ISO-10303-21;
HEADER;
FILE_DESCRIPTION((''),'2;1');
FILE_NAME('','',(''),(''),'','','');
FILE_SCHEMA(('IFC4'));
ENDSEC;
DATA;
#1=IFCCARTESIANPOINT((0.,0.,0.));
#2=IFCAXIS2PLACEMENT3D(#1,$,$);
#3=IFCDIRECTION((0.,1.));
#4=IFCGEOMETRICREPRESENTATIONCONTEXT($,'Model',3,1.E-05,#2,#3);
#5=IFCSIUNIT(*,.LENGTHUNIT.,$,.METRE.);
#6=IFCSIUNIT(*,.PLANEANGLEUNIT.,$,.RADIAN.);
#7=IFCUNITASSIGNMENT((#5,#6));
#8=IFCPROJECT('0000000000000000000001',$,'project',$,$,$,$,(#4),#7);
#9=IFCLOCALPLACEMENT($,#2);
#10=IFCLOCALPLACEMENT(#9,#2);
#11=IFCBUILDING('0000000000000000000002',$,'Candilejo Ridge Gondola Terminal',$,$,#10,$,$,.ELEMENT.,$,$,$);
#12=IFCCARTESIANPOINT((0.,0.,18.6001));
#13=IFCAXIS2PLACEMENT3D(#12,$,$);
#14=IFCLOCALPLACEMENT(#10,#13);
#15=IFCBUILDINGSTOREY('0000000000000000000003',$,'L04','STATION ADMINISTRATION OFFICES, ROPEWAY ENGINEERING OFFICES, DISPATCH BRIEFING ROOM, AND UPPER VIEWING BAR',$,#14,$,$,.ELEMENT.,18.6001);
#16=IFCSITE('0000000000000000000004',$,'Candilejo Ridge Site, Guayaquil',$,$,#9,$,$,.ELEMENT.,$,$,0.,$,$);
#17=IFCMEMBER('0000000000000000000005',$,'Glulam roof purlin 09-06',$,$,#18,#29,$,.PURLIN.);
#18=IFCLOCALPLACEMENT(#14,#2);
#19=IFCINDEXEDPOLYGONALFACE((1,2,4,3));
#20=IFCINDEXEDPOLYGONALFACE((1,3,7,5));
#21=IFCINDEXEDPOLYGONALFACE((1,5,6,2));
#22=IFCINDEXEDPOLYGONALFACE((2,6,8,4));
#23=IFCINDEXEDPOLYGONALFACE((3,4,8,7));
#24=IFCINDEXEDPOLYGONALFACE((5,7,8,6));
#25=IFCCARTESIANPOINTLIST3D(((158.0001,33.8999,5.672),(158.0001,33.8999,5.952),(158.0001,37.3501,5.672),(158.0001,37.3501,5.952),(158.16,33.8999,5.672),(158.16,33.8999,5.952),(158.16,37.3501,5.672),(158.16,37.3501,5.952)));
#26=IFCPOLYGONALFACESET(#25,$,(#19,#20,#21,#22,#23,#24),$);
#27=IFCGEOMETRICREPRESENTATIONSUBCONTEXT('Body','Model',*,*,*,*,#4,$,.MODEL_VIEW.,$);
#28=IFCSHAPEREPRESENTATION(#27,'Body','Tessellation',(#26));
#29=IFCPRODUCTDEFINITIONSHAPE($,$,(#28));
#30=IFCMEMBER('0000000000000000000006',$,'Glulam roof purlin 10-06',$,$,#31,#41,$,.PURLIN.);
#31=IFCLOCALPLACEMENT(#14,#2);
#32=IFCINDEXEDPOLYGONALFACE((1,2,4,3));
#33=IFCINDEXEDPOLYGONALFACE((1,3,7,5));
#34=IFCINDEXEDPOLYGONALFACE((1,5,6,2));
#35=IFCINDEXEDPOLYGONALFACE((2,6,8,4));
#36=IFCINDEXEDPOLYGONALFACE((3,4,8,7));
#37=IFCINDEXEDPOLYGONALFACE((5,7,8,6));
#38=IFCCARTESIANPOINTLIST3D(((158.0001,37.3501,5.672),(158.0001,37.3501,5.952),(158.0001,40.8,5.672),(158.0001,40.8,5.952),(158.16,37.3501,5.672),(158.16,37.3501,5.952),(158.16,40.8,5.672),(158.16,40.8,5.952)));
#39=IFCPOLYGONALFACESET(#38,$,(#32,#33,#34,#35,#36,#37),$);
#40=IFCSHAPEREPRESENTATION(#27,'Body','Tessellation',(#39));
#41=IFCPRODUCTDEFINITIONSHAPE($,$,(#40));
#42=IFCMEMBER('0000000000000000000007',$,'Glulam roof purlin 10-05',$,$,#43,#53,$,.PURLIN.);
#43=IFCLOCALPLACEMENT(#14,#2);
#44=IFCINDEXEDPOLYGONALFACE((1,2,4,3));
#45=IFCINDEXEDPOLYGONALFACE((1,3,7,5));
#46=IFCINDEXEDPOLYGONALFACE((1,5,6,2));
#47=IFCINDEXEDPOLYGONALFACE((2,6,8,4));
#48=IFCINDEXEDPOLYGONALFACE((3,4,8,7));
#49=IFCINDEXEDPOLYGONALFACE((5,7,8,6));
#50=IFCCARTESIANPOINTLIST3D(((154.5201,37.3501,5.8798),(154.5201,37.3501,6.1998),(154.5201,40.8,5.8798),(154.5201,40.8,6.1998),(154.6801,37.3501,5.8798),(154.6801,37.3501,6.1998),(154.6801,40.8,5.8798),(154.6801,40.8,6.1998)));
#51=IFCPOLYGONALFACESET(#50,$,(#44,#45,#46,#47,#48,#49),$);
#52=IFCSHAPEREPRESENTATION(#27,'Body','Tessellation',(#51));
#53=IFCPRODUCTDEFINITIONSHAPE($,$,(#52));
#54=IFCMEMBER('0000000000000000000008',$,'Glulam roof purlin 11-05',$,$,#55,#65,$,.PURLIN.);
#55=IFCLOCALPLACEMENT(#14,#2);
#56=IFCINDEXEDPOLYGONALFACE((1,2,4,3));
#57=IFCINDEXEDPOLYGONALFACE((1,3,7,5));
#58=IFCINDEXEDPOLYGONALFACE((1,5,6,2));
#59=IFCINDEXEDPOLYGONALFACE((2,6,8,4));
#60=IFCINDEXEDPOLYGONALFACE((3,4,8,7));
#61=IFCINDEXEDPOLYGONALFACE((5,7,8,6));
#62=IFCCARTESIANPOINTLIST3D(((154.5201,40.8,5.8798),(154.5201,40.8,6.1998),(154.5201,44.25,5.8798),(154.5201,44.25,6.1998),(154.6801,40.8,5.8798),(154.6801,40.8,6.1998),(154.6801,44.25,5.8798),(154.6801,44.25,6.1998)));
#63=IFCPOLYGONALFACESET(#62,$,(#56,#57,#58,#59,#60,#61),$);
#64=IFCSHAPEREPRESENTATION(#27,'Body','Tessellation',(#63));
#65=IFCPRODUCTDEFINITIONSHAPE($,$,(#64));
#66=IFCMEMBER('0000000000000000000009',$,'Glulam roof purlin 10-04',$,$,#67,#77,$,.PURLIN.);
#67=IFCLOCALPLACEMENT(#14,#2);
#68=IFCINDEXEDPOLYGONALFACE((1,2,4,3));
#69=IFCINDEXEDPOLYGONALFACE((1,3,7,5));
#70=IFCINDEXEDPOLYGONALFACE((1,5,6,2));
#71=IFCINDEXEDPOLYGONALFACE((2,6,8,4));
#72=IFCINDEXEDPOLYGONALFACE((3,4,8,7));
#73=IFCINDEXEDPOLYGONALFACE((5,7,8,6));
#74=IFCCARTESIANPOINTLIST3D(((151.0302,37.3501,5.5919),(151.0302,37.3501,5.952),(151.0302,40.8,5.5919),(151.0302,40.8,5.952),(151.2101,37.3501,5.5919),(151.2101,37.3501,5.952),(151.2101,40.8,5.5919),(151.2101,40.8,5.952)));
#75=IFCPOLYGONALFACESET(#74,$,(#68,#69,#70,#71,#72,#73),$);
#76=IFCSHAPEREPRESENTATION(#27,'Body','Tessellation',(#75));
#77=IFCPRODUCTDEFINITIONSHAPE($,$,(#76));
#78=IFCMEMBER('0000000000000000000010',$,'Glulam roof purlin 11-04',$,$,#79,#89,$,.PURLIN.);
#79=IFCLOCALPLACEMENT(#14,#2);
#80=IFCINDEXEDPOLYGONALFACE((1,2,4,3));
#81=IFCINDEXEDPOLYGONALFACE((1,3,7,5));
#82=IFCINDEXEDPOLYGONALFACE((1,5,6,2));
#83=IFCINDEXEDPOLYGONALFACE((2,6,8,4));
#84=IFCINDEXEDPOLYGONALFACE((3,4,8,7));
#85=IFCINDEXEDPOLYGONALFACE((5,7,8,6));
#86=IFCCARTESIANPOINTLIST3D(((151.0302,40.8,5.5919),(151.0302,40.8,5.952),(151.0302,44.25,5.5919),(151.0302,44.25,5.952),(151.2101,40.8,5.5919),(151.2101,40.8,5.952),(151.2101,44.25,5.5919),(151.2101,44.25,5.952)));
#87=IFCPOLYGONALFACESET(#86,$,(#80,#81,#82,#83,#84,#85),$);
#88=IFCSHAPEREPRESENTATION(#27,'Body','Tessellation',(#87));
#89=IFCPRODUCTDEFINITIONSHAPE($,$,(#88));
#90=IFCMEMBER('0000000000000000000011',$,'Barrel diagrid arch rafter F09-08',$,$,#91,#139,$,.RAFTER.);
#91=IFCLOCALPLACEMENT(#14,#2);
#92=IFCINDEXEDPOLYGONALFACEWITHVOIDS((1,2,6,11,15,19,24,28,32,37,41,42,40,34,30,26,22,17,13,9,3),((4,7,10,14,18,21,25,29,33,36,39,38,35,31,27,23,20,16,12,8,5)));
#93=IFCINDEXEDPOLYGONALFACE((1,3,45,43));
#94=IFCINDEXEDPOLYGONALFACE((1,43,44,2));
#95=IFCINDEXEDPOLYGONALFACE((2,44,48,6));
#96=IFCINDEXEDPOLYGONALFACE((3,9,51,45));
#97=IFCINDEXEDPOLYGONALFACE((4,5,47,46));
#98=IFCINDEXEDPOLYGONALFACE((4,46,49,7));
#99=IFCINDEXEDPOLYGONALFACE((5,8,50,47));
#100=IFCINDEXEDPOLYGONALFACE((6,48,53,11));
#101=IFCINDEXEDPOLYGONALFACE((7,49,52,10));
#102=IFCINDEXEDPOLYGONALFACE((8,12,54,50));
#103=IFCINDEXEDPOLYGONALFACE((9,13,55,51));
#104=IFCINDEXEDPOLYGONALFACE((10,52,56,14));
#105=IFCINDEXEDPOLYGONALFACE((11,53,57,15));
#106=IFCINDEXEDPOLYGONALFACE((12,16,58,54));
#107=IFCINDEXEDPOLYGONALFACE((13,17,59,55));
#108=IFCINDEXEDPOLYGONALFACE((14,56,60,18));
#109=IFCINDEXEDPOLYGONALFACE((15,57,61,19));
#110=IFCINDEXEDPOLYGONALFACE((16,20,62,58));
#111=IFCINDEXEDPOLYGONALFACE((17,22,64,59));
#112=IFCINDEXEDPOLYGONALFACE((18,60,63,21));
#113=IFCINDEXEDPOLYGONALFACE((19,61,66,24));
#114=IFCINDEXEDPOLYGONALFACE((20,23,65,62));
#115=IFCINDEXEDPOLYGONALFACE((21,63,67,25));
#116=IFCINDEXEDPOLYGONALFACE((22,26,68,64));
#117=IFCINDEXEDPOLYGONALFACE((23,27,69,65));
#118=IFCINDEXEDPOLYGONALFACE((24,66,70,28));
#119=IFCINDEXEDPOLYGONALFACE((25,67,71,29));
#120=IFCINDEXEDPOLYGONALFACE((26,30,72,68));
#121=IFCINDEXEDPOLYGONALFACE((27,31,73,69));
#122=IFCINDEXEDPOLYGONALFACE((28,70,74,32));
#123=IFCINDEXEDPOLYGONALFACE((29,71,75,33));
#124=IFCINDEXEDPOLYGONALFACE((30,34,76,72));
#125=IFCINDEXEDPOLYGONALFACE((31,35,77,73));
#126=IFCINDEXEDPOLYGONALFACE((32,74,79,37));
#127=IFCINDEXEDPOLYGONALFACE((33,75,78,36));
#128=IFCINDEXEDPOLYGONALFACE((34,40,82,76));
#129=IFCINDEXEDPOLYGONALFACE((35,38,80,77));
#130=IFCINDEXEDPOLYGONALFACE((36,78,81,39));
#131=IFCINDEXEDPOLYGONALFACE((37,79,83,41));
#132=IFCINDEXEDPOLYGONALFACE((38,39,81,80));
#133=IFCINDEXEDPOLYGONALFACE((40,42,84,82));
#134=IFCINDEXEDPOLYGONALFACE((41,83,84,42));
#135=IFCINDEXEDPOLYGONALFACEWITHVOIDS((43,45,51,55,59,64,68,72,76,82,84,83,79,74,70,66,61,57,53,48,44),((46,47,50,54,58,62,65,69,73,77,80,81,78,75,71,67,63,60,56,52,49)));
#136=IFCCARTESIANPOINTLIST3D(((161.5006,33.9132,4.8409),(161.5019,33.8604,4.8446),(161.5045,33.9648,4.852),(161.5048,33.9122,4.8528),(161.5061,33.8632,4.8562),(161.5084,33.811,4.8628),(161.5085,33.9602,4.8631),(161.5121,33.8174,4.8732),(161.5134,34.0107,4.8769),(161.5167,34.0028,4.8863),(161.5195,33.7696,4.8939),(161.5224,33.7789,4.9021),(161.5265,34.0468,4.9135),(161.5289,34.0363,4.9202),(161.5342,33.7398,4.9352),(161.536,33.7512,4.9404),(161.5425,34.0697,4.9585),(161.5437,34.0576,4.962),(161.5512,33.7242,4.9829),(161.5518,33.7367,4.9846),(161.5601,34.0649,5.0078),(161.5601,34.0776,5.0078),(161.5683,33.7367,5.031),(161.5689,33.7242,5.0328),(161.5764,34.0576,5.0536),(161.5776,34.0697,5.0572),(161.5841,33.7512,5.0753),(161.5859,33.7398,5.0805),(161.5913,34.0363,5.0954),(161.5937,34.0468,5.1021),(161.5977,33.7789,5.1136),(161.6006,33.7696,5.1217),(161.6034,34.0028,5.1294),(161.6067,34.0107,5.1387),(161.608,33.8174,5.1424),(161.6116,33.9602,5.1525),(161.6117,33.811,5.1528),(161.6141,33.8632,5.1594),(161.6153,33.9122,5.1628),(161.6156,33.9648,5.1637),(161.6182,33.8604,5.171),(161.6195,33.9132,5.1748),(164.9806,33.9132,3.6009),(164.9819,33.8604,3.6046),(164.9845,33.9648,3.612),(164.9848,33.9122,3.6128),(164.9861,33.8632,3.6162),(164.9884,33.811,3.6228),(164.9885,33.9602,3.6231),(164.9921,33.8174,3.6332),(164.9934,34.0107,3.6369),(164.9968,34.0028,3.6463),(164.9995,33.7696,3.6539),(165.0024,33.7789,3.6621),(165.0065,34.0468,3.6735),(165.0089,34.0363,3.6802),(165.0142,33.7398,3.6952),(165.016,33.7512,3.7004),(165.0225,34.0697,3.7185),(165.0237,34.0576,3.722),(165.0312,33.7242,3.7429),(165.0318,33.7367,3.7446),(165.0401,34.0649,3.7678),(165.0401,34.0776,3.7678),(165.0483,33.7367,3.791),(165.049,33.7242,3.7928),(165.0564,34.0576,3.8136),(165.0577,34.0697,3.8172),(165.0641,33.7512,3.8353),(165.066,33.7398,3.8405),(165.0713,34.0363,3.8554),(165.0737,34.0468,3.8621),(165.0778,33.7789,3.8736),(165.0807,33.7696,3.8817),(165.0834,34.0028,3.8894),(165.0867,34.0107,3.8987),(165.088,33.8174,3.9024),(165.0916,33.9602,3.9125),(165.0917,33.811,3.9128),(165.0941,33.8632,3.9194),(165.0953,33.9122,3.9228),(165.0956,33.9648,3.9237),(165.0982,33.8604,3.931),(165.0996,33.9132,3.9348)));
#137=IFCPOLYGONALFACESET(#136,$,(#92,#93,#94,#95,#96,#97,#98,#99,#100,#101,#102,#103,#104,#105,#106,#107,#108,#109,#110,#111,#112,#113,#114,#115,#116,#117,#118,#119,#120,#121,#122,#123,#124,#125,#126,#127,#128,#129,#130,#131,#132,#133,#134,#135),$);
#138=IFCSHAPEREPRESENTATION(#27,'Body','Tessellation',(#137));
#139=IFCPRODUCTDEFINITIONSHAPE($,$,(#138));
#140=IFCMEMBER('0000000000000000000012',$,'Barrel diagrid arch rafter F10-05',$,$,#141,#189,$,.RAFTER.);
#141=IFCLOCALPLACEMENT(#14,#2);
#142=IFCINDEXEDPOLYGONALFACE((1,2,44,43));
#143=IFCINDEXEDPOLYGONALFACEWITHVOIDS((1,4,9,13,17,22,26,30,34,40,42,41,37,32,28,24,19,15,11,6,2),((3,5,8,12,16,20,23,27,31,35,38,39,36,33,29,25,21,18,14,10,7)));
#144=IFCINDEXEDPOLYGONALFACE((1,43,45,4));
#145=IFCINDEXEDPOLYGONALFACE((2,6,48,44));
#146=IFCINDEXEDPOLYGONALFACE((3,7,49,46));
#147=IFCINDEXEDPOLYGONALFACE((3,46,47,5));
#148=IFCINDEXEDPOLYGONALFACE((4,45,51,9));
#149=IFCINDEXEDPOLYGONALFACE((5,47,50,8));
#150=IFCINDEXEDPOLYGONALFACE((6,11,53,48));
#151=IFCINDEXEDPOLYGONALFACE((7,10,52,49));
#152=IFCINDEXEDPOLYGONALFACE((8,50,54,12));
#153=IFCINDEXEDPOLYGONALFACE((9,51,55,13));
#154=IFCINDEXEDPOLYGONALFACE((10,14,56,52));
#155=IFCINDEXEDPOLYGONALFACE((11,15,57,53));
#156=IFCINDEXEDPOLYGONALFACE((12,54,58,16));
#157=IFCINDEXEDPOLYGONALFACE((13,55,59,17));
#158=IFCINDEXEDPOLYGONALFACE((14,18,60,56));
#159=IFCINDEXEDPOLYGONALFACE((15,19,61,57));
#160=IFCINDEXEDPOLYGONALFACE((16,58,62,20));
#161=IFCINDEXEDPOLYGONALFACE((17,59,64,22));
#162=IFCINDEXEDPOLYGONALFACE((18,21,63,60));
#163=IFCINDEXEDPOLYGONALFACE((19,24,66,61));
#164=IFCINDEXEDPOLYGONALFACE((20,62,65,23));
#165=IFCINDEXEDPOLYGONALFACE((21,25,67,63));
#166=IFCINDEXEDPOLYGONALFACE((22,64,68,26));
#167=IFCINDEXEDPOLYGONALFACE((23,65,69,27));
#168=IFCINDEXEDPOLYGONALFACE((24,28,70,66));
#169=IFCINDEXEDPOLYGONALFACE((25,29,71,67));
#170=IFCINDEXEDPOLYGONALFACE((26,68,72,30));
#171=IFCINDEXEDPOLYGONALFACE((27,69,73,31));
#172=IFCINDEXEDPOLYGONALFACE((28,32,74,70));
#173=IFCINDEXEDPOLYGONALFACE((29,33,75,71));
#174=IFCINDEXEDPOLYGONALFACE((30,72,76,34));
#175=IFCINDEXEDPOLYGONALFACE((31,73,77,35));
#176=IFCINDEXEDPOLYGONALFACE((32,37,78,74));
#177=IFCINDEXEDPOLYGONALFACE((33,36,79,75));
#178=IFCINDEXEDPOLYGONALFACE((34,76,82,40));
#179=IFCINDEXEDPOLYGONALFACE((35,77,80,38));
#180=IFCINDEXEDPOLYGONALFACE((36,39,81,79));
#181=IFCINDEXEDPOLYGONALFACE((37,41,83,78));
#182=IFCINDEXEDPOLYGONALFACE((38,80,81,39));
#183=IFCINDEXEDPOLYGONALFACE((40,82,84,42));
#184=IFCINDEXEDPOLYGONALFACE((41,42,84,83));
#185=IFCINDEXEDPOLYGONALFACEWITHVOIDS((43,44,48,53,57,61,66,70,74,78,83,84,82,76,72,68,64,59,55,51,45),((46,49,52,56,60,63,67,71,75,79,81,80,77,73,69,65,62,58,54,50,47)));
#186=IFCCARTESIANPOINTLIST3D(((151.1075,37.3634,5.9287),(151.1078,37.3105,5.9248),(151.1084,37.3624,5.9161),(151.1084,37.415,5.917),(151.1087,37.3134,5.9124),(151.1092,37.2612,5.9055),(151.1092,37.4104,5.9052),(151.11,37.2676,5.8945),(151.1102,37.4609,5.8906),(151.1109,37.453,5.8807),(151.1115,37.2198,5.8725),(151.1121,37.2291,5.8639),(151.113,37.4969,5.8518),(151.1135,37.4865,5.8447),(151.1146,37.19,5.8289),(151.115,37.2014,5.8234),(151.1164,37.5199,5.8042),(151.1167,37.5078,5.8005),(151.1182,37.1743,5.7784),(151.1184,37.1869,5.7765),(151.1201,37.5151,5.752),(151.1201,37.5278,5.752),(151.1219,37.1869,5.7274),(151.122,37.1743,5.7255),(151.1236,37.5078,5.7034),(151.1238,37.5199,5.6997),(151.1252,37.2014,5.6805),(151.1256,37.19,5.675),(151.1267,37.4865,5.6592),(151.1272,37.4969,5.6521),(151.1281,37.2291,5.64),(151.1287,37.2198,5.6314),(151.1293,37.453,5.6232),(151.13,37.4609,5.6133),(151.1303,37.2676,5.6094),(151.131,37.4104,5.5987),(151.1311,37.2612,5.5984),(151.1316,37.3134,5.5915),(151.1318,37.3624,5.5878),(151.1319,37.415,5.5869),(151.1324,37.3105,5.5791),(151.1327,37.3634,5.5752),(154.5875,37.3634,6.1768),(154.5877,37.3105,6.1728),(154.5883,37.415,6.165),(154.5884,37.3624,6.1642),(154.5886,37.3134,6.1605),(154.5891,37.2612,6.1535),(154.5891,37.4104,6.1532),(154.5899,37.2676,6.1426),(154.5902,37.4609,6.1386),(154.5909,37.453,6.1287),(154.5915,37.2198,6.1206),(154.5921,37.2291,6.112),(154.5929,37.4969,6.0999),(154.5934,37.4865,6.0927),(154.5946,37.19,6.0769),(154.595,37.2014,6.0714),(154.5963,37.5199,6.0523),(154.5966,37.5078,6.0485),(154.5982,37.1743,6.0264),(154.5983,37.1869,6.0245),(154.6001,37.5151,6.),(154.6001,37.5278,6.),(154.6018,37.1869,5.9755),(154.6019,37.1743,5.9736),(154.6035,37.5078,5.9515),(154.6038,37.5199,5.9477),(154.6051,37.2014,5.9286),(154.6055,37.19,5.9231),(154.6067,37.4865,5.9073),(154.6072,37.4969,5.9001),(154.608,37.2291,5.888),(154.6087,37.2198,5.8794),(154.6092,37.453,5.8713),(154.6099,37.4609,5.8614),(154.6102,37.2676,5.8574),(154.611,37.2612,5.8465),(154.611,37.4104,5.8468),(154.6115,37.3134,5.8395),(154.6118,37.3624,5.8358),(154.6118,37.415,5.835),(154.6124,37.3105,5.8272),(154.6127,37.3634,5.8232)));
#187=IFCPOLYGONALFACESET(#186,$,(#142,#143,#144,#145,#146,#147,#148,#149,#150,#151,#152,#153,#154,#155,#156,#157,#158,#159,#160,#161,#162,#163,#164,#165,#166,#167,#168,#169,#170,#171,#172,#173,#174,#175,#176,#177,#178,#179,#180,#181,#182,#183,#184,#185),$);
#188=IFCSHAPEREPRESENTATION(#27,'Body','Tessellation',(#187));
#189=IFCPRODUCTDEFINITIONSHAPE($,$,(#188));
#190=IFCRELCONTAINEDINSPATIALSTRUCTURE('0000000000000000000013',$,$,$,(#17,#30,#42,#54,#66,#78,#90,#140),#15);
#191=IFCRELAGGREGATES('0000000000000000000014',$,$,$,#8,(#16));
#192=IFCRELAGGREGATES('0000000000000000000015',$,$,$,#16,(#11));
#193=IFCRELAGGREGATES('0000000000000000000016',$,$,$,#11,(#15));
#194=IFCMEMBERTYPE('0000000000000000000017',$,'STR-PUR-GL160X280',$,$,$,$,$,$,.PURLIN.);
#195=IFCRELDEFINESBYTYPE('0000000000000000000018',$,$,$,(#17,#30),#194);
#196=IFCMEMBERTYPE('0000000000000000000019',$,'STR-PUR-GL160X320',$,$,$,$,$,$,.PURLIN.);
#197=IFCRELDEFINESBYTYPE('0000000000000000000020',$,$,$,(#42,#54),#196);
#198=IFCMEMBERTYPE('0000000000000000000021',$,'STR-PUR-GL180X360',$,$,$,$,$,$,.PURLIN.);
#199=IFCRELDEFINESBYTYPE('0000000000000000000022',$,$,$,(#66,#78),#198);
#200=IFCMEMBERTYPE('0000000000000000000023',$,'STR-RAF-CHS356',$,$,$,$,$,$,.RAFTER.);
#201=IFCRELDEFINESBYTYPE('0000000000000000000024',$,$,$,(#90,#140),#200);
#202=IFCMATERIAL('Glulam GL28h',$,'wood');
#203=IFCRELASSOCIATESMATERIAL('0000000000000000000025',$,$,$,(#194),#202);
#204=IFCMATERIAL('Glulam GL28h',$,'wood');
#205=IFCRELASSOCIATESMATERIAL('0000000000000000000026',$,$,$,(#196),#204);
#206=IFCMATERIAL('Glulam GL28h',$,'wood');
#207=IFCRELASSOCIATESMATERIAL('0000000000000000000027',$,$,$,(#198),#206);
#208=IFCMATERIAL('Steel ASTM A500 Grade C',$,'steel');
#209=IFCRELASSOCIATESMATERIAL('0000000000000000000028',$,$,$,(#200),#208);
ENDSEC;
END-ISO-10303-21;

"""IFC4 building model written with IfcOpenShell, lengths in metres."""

from ifc_helpers import new_model, si_unit, direction, frame, origin, origin_2d, place, context, subcontext, project, spatial, rectangle, hollow_circle, extrude, material, material_profile, profile_set, type_object, element, save


model = new_model("IFC4")

# Units and contexts
model_context = context("Model", 3, precision=1e-05, world=origin(), true_north=direction((0.0, 1.0)))
body_context = subcontext(model_context, "Body", "Model", "MODEL_VIEW")
ifc_project = project(units=[si_unit("LENGTHUNIT", "METRE"), si_unit("PLANEANGLEUNIT", "RADIAN")], contexts=[model_context])

# Site, building, storey
site_placement = place(None, origin())
site = spatial("IfcSite", under=ifc_project, at=site_placement, Name="Candilejo Ridge Site, Guayaquil", CompositionType="ELEMENT", RefElevation=0.0)
building_placement = place(site_placement, origin())
building = spatial("IfcBuilding", under=site, at=building_placement, Name="Candilejo Ridge Gondola Terminal", CompositionType="ELEMENT")
storey_placement = place(building_placement, frame((0.0, 0.0, 18.6001)))
storey = spatial("IfcBuildingStorey", under=building, at=storey_placement, Name="L04", Description="STATION ADMINISTRATION OFFICES, ROPEWAY ENGINEERING OFFICES, DISPATCH BRIEFING ROOM, AND UPPER VIEWING BAR", CompositionType="ELEMENT", Elevation=18.6001)

# Members
ifc_material_1 = material(Name="Glulam GL28h", Category="wood")
ifc_material_profile_1 = material_profile(ifc_material_1, rectangle(XDim=0.1599, YDim=0.28, at=origin_2d()))
ifc_profile_set_1 = profile_set([ifc_material_profile_1], Name="Glulam GL28h")
member_type_1 = type_object("IfcMemberType", Name="STR-PUR-GL160X280", PredefinedType="PURLIN", material=ifc_profile_set_1)
member_1_placement = place(storey_placement, frame((158.0801, 33.8999, 5.812), z_axis=(0.0, 1.0, 0.0), x_axis=(-1.0, 0.0, 0.0)))
element("IfcMember", 1, at=member_1_placement, inside=storey, type_object=member_type_1, Name="Glulam roof purlin 09-06", PredefinedType="PURLIN", context=body_context, shape_type="SweptSolid", body=[
    extrude(rectangle(XDim=0.1599, YDim=0.28, at=origin_2d()), origin(), (0.0, 0.0, 1.0), 3.4502),
])
member_2_placement = place(storey_placement, frame((158.0801, 37.3501, 5.812), z_axis=(0.0, 1.0, 0.0), x_axis=(-1.0, 0.0, 0.0)))
element("IfcMember", 2, at=member_2_placement, inside=storey, type_object=member_type_1, Name="Glulam roof purlin 10-06", PredefinedType="PURLIN", context=body_context, shape_type="SweptSolid", body=[
    extrude(rectangle(XDim=0.1599, YDim=0.28, at=origin_2d()), origin(), (0.0, 0.0, 1.0), 3.45),
])
ifc_material_2 = material(Name="Glulam GL28h", Category="wood")
ifc_material_profile_2 = material_profile(ifc_material_2, rectangle(XDim=0.1599, YDim=0.3201, at=origin_2d()))
ifc_profile_set_2 = profile_set([ifc_material_profile_2], Name="Glulam GL28h")
member_type_2 = type_object("IfcMemberType", Name="STR-PUR-GL160X320", PredefinedType="PURLIN", material=ifc_profile_set_2)
for number, where, z_axis, x_axis, name in (
    (3, (154.6001, 37.3501, 6.0398), (0.0, 1.0, 0.0), (-1.0, 0.0, 0.0), "Glulam roof purlin 10-05"),
    (4, (154.6001, 40.8, 6.0398), (0.0, 1.0, 0.0), (-1.0, 0.0, 0.0), "Glulam roof purlin 11-05"),
):
    element("IfcMember", number, at=place(storey_placement, frame(where, z_axis=z_axis, x_axis=x_axis)), inside=storey, type_object=member_type_2, Name=name, PredefinedType="PURLIN", context=body_context, shape_type="SweptSolid", body=[
        extrude(rectangle(XDim=0.1599, YDim=0.3201, at=origin_2d()), origin(), (0.0, 0.0, 1.0), 3.45),
    ])
ifc_material_3 = material(Name="Glulam GL28h", Category="wood")
ifc_material_profile_3 = material_profile(ifc_material_3, rectangle(XDim=0.1799, YDim=0.3601, at=origin_2d()))
ifc_profile_set_3 = profile_set([ifc_material_profile_3], Name="Glulam GL28h")
member_type_3 = type_object("IfcMemberType", Name="STR-PUR-GL180X360", PredefinedType="PURLIN", material=ifc_profile_set_3)
for number, where, z_axis, x_axis, name in (
    (5, (151.1201, 37.3501, 5.772), (0.0, 1.0, 0.0), (-1.0, 0.0, 0.0), "Glulam roof purlin 10-04"),
    (6, (151.1201, 40.8, 5.772), (0.0, 1.0, 0.0), (-1.0, 0.0, 0.0), "Glulam roof purlin 11-04"),
):
    element("IfcMember", number, at=place(storey_placement, frame(where, z_axis=z_axis, x_axis=x_axis)), inside=storey, type_object=member_type_3, Name=name, PredefinedType="PURLIN", context=body_context, shape_type="SweptSolid", body=[
        extrude(rectangle(XDim=0.1799, YDim=0.3601, at=origin_2d()), origin(), (0.0, 0.0, 1.0), 3.45),
    ])
ifc_material_4 = material(Name="Steel ASTM A500 Grade C", Category="steel")
ifc_material_profile_4 = material_profile(ifc_material_4, hollow_circle(Radius=0.1777, WallThickness=0.0127, at=origin_2d()))
ifc_profile_set_4 = profile_set([ifc_material_profile_4], Name="Steel ASTM A500 Grade C")
member_type_4 = type_object("IfcMemberType", Name="STR-RAF-CHS356", PredefinedType="RAFTER", material=ifc_profile_set_4)
member_3_placement = place(storey_placement, frame((161.5601, 33.8999, 5.0078), z_axis=(0.941987, 0.0, -0.33565), x_axis=(0.0, 1.0, 0.0)))
element("IfcMember", 7, at=member_3_placement, inside=storey, type_object=member_type_4, Name="Barrel diagrid arch rafter F09-08", PredefinedType="RAFTER", context=body_context, shape_type="SweptSolid", body=[
    extrude(hollow_circle(Radius=0.1777, WallThickness=0.0127, at=origin_2d()), origin(), (0.0, 0.0, 1.0), 3.6943),
])
for number, where, z_axis, x_axis, name in (
    (8, (151.1201, 37.3501, 5.752), (0.997469, 0.0, 0.071098), (0.0, 1.0, 0.0), "Barrel diagrid arch rafter F10-05"),
):
    element("IfcMember", number, at=place(storey_placement, frame(where, z_axis=z_axis, x_axis=x_axis)), inside=storey, type_object=member_type_4, Name=name, PredefinedType="RAFTER", context=body_context, shape_type="SweptSolid", body=[
        extrude(hollow_circle(Radius=0.1777, WallThickness=0.0127, at=origin_2d()), origin(), (0.0, 0.0, 1.0), 3.4888),
    ])

save(model, "model.ifc")
